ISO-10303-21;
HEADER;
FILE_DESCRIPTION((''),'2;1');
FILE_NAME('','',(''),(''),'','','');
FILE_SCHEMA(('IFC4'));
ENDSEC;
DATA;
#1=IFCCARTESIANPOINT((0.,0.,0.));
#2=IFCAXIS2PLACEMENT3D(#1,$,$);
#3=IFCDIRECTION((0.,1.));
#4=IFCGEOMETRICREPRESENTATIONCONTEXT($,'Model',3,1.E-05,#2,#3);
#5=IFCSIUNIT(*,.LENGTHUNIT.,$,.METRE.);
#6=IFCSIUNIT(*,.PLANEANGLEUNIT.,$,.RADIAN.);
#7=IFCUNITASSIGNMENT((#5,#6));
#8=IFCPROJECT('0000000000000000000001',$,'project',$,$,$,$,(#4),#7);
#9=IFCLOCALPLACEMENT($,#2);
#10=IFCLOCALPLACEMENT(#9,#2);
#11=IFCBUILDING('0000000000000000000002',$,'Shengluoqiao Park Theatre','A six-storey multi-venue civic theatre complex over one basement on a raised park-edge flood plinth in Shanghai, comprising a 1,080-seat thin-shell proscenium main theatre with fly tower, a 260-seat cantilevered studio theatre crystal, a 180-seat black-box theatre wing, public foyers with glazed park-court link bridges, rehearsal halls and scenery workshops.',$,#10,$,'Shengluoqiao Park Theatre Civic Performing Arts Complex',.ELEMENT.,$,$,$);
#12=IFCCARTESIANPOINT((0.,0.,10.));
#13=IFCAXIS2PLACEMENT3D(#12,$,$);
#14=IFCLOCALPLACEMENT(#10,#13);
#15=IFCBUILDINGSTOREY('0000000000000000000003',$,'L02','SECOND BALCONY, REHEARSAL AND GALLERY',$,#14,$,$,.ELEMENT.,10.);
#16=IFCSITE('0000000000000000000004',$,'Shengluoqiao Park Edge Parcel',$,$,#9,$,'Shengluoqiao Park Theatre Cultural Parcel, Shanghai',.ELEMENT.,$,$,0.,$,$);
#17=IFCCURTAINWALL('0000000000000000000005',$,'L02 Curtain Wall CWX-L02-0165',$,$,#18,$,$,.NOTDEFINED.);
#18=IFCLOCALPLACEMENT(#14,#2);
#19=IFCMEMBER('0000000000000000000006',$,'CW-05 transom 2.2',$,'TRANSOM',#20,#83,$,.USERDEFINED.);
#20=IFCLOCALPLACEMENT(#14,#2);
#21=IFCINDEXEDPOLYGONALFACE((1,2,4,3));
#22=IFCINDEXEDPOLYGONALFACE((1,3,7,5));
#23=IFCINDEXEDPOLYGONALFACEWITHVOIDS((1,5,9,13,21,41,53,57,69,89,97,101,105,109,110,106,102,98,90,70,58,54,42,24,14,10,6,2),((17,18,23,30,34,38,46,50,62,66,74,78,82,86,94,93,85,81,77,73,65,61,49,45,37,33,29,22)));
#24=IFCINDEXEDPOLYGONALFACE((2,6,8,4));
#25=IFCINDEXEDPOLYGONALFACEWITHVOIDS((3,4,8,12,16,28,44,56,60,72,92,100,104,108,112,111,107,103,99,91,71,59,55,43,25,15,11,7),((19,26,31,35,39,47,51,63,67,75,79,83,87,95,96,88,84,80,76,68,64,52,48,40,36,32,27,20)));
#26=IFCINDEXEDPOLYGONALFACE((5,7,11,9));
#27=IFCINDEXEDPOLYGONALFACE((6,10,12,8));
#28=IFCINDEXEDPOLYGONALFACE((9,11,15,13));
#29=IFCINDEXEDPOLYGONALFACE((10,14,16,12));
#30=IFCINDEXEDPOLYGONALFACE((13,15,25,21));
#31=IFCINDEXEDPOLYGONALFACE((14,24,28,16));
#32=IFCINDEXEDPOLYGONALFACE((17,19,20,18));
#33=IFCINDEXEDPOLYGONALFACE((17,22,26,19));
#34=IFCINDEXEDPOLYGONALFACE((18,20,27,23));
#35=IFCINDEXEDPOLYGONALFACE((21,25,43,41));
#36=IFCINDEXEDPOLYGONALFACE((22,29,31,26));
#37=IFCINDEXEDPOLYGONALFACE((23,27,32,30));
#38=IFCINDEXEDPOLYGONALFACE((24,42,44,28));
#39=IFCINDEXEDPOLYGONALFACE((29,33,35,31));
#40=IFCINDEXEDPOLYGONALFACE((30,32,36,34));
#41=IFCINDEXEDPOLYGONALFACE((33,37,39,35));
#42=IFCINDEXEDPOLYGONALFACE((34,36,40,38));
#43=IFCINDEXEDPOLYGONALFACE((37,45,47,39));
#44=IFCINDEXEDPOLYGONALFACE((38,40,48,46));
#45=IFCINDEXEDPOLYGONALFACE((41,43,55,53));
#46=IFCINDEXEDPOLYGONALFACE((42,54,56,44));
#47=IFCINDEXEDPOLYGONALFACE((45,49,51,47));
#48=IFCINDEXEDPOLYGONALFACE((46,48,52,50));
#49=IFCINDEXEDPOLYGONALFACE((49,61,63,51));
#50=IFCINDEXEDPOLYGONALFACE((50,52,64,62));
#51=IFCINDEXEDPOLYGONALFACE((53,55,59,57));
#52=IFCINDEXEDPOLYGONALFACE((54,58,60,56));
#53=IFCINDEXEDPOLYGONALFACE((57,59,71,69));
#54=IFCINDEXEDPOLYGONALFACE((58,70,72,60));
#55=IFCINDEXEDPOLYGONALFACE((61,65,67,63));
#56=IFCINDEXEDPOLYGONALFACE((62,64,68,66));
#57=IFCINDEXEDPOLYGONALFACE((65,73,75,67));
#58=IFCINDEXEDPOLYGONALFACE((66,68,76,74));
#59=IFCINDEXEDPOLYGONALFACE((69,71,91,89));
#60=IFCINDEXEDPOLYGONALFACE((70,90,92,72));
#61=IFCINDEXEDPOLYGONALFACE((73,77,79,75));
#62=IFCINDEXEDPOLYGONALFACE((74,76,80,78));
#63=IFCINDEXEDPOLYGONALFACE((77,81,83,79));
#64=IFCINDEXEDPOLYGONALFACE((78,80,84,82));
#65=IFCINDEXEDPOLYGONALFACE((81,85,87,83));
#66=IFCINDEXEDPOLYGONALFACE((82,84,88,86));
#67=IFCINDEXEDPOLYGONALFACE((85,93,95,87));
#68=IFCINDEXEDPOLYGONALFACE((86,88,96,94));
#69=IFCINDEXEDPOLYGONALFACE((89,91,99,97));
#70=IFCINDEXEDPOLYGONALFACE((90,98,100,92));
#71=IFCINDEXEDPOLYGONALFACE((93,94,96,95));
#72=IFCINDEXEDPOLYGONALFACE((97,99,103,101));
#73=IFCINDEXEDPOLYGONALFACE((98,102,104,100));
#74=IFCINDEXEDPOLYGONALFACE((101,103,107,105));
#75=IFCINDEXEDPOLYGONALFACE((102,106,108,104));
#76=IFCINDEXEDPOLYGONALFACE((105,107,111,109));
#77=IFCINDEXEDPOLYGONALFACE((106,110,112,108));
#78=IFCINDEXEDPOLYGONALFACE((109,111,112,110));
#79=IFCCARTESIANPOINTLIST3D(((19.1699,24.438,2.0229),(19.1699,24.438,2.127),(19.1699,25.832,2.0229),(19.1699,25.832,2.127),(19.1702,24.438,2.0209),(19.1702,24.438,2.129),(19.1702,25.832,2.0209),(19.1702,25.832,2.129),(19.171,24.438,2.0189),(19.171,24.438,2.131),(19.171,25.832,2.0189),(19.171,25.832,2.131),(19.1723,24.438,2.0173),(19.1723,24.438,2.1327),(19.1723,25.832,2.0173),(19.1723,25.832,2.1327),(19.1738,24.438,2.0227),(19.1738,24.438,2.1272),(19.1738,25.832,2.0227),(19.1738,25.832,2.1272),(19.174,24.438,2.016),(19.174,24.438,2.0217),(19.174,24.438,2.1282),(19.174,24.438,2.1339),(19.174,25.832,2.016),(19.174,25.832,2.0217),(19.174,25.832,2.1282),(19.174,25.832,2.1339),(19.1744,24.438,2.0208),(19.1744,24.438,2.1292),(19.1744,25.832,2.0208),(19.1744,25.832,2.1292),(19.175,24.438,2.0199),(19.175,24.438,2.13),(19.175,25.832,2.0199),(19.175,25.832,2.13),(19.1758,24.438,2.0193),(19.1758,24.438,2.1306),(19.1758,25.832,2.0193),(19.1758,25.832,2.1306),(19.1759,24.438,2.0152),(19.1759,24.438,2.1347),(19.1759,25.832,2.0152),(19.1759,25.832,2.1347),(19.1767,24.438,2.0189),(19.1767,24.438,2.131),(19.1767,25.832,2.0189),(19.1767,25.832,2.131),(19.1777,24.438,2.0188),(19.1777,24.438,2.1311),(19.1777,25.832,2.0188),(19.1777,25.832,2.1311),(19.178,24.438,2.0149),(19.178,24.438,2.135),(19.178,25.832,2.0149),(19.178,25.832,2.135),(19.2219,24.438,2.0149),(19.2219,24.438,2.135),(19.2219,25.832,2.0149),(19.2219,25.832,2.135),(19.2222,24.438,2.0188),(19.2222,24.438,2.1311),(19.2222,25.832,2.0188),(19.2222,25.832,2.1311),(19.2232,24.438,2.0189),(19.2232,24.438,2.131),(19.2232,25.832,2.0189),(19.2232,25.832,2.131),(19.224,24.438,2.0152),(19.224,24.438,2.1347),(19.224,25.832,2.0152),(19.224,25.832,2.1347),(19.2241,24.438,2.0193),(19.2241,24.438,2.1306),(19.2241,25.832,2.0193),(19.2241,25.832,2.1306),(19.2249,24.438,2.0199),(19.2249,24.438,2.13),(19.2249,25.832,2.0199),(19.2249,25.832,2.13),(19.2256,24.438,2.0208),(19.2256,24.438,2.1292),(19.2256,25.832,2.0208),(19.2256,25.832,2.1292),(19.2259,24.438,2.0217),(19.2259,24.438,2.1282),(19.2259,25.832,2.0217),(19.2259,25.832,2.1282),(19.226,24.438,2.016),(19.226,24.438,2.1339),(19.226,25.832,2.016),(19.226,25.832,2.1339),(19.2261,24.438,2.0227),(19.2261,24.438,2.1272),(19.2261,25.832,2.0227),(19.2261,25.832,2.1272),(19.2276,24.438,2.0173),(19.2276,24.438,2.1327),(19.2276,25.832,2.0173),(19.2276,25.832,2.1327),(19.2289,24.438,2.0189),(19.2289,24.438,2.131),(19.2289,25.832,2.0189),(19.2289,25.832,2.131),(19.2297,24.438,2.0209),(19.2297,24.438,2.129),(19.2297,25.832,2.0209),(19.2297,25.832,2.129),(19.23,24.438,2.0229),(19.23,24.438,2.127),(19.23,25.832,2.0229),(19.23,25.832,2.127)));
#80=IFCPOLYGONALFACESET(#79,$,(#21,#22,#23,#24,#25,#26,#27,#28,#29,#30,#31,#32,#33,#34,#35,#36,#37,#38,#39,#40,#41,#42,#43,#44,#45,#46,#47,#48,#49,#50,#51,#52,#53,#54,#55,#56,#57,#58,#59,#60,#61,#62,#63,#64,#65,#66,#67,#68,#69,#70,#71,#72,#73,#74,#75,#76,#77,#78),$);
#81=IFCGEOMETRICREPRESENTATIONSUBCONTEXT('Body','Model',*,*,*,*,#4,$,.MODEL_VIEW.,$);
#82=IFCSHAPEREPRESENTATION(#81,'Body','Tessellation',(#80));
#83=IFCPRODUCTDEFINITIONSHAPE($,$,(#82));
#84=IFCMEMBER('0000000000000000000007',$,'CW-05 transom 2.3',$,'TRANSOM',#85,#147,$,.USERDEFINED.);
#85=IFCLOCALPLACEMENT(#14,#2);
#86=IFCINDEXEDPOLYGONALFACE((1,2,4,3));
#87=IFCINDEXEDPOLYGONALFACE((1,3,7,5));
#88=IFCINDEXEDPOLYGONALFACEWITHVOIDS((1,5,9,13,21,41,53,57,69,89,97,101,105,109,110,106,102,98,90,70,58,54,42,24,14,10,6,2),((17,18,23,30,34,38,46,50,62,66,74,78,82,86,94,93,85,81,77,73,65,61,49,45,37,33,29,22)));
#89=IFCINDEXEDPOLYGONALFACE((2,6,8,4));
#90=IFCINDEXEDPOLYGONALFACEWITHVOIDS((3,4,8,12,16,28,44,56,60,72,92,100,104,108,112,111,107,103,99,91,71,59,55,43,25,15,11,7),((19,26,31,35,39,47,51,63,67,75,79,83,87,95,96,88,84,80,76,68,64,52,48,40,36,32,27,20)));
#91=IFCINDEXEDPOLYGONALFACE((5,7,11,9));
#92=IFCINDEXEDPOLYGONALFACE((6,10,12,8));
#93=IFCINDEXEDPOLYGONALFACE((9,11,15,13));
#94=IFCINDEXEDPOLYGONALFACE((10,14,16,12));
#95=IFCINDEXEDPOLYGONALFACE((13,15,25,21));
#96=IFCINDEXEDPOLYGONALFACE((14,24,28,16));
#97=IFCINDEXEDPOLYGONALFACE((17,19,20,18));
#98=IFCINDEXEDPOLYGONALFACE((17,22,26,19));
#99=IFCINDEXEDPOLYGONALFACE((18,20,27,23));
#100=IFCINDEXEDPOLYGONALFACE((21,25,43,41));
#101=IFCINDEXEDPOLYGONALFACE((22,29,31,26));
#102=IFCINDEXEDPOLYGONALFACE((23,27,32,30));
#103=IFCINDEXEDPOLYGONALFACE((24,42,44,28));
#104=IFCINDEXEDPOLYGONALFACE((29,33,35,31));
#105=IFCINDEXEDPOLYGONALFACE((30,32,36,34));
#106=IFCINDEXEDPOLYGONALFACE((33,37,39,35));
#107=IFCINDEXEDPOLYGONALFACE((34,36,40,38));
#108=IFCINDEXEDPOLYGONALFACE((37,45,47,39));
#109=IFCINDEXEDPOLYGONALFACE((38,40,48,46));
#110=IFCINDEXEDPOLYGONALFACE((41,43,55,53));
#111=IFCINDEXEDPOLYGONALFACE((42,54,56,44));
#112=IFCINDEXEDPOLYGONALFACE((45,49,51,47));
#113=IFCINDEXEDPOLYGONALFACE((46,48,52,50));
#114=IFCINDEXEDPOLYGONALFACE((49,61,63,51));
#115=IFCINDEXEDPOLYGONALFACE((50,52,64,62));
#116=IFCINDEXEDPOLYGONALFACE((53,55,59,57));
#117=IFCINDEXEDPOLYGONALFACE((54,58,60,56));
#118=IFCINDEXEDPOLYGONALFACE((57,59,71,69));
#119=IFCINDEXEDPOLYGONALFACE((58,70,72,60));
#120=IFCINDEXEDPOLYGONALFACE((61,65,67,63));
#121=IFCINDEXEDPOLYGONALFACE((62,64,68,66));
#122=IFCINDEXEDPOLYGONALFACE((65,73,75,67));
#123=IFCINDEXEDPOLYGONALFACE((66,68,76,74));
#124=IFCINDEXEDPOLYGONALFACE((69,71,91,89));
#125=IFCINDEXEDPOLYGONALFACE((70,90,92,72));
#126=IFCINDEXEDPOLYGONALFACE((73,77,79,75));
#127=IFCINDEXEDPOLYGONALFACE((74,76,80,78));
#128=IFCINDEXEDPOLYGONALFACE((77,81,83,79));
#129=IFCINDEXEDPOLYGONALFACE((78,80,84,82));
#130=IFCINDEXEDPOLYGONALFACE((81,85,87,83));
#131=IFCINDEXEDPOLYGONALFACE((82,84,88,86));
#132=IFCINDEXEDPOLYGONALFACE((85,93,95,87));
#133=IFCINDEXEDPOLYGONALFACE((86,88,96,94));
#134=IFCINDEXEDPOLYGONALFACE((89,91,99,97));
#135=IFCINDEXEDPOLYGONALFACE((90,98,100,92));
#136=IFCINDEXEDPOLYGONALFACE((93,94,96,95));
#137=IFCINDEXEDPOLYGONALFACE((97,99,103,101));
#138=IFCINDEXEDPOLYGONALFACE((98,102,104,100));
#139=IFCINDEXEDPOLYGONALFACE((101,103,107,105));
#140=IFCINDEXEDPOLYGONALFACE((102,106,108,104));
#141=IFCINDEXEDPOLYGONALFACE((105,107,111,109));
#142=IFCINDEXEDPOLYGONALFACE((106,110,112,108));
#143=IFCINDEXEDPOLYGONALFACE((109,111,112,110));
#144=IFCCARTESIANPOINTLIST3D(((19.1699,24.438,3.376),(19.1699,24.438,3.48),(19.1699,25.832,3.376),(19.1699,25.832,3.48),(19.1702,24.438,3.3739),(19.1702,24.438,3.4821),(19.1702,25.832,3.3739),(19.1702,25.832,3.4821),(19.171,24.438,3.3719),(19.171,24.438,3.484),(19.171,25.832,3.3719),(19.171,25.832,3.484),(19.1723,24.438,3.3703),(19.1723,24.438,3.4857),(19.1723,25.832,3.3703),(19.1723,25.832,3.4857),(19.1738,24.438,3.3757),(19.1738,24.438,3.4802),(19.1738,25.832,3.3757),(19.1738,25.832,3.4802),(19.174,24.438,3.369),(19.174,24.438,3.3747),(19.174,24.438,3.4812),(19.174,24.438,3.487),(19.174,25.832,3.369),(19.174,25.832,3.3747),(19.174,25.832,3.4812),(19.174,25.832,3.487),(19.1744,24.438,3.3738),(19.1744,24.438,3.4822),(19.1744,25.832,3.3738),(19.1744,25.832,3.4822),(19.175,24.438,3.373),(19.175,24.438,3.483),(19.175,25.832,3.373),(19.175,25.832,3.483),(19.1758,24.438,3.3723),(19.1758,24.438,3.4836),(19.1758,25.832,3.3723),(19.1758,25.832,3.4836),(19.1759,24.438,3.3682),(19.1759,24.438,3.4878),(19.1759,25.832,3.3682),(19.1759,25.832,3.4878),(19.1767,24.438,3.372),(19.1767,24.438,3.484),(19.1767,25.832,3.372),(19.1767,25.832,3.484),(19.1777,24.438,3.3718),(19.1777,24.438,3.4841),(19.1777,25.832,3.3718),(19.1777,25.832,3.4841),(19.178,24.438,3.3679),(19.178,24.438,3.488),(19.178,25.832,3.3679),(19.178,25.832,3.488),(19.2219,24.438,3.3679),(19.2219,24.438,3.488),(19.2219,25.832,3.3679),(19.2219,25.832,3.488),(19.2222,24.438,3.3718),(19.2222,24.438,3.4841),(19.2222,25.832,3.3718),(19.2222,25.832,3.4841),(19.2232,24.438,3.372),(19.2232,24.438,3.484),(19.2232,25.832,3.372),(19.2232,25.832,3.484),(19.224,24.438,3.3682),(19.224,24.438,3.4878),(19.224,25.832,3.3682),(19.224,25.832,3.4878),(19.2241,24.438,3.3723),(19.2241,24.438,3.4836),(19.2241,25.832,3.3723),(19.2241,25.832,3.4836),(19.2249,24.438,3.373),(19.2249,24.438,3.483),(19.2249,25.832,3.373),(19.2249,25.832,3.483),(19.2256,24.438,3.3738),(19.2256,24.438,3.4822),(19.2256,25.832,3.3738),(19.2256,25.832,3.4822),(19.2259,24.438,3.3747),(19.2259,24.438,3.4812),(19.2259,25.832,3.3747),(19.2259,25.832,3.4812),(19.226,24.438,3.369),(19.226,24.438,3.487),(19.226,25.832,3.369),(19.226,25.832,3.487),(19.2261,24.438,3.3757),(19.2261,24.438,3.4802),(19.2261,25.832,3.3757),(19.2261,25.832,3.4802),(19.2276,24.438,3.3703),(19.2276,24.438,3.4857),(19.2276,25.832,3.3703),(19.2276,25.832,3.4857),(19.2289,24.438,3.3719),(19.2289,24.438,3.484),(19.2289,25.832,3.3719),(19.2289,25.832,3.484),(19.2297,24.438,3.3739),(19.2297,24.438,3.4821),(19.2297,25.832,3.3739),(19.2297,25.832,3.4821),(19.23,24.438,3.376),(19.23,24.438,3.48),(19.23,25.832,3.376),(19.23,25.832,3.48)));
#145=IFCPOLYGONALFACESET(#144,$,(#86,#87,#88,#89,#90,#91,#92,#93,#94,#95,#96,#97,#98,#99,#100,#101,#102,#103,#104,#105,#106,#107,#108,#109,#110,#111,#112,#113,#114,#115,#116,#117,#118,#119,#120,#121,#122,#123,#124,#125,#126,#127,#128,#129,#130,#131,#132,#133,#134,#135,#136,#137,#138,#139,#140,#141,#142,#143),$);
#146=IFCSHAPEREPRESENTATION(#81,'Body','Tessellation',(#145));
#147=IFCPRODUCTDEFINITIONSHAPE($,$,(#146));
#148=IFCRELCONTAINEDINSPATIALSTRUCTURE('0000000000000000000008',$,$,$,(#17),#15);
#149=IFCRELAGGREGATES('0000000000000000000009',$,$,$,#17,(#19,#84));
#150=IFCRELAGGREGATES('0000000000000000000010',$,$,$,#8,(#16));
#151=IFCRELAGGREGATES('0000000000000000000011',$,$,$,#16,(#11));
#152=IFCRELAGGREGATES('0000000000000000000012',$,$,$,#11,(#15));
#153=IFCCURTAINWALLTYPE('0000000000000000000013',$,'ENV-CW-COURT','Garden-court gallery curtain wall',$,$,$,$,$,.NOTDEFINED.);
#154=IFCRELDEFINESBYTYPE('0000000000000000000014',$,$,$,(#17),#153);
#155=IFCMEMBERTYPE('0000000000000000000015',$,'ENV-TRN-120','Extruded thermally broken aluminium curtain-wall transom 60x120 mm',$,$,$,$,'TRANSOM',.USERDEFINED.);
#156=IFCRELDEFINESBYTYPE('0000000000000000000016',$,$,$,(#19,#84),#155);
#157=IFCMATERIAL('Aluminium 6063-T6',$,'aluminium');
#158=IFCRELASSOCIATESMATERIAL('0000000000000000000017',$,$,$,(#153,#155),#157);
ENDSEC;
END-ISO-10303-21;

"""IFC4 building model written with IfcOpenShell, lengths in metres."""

from ifc_helpers import new_model, si_unit, direction, frame, origin, origin_2d, place, context, subcontext, project, spatial, hollow_rectangle, extrude, material, material_profile, profile_set, type_object, element, aggregate, save


model = new_model("IFC4")

# Units and contexts
model_context = context("Model", 3, precision=1e-05, world=origin(), true_north=direction((0.0, 1.0)))
body_context = subcontext(model_context, "Body", "Model", "MODEL_VIEW")
ifc_project = project(units=[si_unit("LENGTHUNIT", "METRE"), si_unit("PLANEANGLEUNIT", "RADIAN")], contexts=[model_context])

# Site, building, storey
site_placement = place(None, origin())
site = spatial("IfcSite", under=ifc_project, at=site_placement, Name="Shengluoqiao Park Edge Parcel", LongName="Shengluoqiao Park Theatre Cultural Parcel, Shanghai", CompositionType="ELEMENT", RefElevation=0.0)
building_placement = place(site_placement, origin())
building = spatial("IfcBuilding", under=site, at=building_placement, Name="Shengluoqiao Park Theatre", Description="A six-storey multi-venue civic theatre complex over one basement on a raised park-edge flood plinth in Shanghai, comprising a 1,080-seat thin-shell proscenium main theatre with fly tower, a 260-seat cantilevered studio theatre crystal, a 180-seat black-box theatre wing, public foyers with glazed park-court link bridges, rehearsal halls and scenery workshops.", LongName="Shengluoqiao Park Theatre Civic Performing Arts Complex", CompositionType="ELEMENT")
storey_placement = place(building_placement, frame((0.0, 0.0, 10.0)))
storey = spatial("IfcBuildingStorey", under=building, at=storey_placement, Name="L02", Description="SECOND BALCONY, REHEARSAL AND GALLERY", CompositionType="ELEMENT", Elevation=10.0)

# Shared definitions
ifc_material_1 = material(Name="Aluminium 6063-T6", Category="aluminium")

# Curtain wall, members
curtain_wall_type_1 = type_object("IfcCurtainWallType", Name="ENV-CW-COURT", Description="Garden-court gallery curtain wall", PredefinedType="NOTDEFINED", material=ifc_material_1)
curtain_wall_1_placement = place(storey_placement, origin())
curtain_wall_1 = element("IfcCurtainWall", 1, at=curtain_wall_1_placement, inside=storey, type_object=curtain_wall_type_1, Name="L02 Curtain Wall CWX-L02-0165", PredefinedType="NOTDEFINED")
ifc_material_profile_1 = material_profile(ifc_material_1, hollow_rectangle(XDim=0.0601, YDim=0.1201, WallThickness=0.0039, InnerFilletRadius=0.0039, OuterFilletRadius=0.0081, at=origin_2d()), Name="ALU TRANSOM 120x60x4")
ifc_profile_set_1 = profile_set([ifc_material_profile_1], Name="Aluminium 6063-T6")
member_type_1 = type_object("IfcMemberType", Name="ENV-TRN-120", Description="Extruded thermally broken aluminium curtain-wall transom 60x120 mm", ElementType="TRANSOM", PredefinedType="USERDEFINED", material=ifc_profile_set_1)
member_1_placement = place(storey_placement, frame((19.2, 24.438, 2.075), z_axis=(0.0, 1.0, 0.0), x_axis=(-1.0, 0.0, 0.0)))
member_1 = element("IfcMember", 2, at=member_1_placement, type_object=member_type_1, Name="CW-05 transom 2.2", ObjectType="TRANSOM", PredefinedType="USERDEFINED", context=body_context, shape_type="SweptSolid", body=[
    extrude(hollow_rectangle(XDim=0.0601, YDim=0.1201, WallThickness=0.0039, InnerFilletRadius=0.0039, OuterFilletRadius=0.0081, at=origin_2d()), origin(), (0.0, 0.0, 1.0), 1.394),
])
member_2_placement = place(storey_placement, frame((19.2, 24.438, 3.428), z_axis=(0.0, 1.0, 0.0), x_axis=(-1.0, 0.0, 0.0)))
member_2 = element("IfcMember", 3, at=member_2_placement, type_object=member_type_1, Name="CW-05 transom 2.3", ObjectType="TRANSOM", PredefinedType="USERDEFINED", context=body_context, shape_type="SweptSolid", body=[
    extrude(hollow_rectangle(XDim=0.0601, YDim=0.1201, WallThickness=0.0039, InnerFilletRadius=0.0039, OuterFilletRadius=0.0081, at=origin_2d()), origin(), (0.0, 0.0, 1.0), 1.394),
])
aggregate(curtain_wall_1, [member_1, member_2])

save(model, "model.ifc")
